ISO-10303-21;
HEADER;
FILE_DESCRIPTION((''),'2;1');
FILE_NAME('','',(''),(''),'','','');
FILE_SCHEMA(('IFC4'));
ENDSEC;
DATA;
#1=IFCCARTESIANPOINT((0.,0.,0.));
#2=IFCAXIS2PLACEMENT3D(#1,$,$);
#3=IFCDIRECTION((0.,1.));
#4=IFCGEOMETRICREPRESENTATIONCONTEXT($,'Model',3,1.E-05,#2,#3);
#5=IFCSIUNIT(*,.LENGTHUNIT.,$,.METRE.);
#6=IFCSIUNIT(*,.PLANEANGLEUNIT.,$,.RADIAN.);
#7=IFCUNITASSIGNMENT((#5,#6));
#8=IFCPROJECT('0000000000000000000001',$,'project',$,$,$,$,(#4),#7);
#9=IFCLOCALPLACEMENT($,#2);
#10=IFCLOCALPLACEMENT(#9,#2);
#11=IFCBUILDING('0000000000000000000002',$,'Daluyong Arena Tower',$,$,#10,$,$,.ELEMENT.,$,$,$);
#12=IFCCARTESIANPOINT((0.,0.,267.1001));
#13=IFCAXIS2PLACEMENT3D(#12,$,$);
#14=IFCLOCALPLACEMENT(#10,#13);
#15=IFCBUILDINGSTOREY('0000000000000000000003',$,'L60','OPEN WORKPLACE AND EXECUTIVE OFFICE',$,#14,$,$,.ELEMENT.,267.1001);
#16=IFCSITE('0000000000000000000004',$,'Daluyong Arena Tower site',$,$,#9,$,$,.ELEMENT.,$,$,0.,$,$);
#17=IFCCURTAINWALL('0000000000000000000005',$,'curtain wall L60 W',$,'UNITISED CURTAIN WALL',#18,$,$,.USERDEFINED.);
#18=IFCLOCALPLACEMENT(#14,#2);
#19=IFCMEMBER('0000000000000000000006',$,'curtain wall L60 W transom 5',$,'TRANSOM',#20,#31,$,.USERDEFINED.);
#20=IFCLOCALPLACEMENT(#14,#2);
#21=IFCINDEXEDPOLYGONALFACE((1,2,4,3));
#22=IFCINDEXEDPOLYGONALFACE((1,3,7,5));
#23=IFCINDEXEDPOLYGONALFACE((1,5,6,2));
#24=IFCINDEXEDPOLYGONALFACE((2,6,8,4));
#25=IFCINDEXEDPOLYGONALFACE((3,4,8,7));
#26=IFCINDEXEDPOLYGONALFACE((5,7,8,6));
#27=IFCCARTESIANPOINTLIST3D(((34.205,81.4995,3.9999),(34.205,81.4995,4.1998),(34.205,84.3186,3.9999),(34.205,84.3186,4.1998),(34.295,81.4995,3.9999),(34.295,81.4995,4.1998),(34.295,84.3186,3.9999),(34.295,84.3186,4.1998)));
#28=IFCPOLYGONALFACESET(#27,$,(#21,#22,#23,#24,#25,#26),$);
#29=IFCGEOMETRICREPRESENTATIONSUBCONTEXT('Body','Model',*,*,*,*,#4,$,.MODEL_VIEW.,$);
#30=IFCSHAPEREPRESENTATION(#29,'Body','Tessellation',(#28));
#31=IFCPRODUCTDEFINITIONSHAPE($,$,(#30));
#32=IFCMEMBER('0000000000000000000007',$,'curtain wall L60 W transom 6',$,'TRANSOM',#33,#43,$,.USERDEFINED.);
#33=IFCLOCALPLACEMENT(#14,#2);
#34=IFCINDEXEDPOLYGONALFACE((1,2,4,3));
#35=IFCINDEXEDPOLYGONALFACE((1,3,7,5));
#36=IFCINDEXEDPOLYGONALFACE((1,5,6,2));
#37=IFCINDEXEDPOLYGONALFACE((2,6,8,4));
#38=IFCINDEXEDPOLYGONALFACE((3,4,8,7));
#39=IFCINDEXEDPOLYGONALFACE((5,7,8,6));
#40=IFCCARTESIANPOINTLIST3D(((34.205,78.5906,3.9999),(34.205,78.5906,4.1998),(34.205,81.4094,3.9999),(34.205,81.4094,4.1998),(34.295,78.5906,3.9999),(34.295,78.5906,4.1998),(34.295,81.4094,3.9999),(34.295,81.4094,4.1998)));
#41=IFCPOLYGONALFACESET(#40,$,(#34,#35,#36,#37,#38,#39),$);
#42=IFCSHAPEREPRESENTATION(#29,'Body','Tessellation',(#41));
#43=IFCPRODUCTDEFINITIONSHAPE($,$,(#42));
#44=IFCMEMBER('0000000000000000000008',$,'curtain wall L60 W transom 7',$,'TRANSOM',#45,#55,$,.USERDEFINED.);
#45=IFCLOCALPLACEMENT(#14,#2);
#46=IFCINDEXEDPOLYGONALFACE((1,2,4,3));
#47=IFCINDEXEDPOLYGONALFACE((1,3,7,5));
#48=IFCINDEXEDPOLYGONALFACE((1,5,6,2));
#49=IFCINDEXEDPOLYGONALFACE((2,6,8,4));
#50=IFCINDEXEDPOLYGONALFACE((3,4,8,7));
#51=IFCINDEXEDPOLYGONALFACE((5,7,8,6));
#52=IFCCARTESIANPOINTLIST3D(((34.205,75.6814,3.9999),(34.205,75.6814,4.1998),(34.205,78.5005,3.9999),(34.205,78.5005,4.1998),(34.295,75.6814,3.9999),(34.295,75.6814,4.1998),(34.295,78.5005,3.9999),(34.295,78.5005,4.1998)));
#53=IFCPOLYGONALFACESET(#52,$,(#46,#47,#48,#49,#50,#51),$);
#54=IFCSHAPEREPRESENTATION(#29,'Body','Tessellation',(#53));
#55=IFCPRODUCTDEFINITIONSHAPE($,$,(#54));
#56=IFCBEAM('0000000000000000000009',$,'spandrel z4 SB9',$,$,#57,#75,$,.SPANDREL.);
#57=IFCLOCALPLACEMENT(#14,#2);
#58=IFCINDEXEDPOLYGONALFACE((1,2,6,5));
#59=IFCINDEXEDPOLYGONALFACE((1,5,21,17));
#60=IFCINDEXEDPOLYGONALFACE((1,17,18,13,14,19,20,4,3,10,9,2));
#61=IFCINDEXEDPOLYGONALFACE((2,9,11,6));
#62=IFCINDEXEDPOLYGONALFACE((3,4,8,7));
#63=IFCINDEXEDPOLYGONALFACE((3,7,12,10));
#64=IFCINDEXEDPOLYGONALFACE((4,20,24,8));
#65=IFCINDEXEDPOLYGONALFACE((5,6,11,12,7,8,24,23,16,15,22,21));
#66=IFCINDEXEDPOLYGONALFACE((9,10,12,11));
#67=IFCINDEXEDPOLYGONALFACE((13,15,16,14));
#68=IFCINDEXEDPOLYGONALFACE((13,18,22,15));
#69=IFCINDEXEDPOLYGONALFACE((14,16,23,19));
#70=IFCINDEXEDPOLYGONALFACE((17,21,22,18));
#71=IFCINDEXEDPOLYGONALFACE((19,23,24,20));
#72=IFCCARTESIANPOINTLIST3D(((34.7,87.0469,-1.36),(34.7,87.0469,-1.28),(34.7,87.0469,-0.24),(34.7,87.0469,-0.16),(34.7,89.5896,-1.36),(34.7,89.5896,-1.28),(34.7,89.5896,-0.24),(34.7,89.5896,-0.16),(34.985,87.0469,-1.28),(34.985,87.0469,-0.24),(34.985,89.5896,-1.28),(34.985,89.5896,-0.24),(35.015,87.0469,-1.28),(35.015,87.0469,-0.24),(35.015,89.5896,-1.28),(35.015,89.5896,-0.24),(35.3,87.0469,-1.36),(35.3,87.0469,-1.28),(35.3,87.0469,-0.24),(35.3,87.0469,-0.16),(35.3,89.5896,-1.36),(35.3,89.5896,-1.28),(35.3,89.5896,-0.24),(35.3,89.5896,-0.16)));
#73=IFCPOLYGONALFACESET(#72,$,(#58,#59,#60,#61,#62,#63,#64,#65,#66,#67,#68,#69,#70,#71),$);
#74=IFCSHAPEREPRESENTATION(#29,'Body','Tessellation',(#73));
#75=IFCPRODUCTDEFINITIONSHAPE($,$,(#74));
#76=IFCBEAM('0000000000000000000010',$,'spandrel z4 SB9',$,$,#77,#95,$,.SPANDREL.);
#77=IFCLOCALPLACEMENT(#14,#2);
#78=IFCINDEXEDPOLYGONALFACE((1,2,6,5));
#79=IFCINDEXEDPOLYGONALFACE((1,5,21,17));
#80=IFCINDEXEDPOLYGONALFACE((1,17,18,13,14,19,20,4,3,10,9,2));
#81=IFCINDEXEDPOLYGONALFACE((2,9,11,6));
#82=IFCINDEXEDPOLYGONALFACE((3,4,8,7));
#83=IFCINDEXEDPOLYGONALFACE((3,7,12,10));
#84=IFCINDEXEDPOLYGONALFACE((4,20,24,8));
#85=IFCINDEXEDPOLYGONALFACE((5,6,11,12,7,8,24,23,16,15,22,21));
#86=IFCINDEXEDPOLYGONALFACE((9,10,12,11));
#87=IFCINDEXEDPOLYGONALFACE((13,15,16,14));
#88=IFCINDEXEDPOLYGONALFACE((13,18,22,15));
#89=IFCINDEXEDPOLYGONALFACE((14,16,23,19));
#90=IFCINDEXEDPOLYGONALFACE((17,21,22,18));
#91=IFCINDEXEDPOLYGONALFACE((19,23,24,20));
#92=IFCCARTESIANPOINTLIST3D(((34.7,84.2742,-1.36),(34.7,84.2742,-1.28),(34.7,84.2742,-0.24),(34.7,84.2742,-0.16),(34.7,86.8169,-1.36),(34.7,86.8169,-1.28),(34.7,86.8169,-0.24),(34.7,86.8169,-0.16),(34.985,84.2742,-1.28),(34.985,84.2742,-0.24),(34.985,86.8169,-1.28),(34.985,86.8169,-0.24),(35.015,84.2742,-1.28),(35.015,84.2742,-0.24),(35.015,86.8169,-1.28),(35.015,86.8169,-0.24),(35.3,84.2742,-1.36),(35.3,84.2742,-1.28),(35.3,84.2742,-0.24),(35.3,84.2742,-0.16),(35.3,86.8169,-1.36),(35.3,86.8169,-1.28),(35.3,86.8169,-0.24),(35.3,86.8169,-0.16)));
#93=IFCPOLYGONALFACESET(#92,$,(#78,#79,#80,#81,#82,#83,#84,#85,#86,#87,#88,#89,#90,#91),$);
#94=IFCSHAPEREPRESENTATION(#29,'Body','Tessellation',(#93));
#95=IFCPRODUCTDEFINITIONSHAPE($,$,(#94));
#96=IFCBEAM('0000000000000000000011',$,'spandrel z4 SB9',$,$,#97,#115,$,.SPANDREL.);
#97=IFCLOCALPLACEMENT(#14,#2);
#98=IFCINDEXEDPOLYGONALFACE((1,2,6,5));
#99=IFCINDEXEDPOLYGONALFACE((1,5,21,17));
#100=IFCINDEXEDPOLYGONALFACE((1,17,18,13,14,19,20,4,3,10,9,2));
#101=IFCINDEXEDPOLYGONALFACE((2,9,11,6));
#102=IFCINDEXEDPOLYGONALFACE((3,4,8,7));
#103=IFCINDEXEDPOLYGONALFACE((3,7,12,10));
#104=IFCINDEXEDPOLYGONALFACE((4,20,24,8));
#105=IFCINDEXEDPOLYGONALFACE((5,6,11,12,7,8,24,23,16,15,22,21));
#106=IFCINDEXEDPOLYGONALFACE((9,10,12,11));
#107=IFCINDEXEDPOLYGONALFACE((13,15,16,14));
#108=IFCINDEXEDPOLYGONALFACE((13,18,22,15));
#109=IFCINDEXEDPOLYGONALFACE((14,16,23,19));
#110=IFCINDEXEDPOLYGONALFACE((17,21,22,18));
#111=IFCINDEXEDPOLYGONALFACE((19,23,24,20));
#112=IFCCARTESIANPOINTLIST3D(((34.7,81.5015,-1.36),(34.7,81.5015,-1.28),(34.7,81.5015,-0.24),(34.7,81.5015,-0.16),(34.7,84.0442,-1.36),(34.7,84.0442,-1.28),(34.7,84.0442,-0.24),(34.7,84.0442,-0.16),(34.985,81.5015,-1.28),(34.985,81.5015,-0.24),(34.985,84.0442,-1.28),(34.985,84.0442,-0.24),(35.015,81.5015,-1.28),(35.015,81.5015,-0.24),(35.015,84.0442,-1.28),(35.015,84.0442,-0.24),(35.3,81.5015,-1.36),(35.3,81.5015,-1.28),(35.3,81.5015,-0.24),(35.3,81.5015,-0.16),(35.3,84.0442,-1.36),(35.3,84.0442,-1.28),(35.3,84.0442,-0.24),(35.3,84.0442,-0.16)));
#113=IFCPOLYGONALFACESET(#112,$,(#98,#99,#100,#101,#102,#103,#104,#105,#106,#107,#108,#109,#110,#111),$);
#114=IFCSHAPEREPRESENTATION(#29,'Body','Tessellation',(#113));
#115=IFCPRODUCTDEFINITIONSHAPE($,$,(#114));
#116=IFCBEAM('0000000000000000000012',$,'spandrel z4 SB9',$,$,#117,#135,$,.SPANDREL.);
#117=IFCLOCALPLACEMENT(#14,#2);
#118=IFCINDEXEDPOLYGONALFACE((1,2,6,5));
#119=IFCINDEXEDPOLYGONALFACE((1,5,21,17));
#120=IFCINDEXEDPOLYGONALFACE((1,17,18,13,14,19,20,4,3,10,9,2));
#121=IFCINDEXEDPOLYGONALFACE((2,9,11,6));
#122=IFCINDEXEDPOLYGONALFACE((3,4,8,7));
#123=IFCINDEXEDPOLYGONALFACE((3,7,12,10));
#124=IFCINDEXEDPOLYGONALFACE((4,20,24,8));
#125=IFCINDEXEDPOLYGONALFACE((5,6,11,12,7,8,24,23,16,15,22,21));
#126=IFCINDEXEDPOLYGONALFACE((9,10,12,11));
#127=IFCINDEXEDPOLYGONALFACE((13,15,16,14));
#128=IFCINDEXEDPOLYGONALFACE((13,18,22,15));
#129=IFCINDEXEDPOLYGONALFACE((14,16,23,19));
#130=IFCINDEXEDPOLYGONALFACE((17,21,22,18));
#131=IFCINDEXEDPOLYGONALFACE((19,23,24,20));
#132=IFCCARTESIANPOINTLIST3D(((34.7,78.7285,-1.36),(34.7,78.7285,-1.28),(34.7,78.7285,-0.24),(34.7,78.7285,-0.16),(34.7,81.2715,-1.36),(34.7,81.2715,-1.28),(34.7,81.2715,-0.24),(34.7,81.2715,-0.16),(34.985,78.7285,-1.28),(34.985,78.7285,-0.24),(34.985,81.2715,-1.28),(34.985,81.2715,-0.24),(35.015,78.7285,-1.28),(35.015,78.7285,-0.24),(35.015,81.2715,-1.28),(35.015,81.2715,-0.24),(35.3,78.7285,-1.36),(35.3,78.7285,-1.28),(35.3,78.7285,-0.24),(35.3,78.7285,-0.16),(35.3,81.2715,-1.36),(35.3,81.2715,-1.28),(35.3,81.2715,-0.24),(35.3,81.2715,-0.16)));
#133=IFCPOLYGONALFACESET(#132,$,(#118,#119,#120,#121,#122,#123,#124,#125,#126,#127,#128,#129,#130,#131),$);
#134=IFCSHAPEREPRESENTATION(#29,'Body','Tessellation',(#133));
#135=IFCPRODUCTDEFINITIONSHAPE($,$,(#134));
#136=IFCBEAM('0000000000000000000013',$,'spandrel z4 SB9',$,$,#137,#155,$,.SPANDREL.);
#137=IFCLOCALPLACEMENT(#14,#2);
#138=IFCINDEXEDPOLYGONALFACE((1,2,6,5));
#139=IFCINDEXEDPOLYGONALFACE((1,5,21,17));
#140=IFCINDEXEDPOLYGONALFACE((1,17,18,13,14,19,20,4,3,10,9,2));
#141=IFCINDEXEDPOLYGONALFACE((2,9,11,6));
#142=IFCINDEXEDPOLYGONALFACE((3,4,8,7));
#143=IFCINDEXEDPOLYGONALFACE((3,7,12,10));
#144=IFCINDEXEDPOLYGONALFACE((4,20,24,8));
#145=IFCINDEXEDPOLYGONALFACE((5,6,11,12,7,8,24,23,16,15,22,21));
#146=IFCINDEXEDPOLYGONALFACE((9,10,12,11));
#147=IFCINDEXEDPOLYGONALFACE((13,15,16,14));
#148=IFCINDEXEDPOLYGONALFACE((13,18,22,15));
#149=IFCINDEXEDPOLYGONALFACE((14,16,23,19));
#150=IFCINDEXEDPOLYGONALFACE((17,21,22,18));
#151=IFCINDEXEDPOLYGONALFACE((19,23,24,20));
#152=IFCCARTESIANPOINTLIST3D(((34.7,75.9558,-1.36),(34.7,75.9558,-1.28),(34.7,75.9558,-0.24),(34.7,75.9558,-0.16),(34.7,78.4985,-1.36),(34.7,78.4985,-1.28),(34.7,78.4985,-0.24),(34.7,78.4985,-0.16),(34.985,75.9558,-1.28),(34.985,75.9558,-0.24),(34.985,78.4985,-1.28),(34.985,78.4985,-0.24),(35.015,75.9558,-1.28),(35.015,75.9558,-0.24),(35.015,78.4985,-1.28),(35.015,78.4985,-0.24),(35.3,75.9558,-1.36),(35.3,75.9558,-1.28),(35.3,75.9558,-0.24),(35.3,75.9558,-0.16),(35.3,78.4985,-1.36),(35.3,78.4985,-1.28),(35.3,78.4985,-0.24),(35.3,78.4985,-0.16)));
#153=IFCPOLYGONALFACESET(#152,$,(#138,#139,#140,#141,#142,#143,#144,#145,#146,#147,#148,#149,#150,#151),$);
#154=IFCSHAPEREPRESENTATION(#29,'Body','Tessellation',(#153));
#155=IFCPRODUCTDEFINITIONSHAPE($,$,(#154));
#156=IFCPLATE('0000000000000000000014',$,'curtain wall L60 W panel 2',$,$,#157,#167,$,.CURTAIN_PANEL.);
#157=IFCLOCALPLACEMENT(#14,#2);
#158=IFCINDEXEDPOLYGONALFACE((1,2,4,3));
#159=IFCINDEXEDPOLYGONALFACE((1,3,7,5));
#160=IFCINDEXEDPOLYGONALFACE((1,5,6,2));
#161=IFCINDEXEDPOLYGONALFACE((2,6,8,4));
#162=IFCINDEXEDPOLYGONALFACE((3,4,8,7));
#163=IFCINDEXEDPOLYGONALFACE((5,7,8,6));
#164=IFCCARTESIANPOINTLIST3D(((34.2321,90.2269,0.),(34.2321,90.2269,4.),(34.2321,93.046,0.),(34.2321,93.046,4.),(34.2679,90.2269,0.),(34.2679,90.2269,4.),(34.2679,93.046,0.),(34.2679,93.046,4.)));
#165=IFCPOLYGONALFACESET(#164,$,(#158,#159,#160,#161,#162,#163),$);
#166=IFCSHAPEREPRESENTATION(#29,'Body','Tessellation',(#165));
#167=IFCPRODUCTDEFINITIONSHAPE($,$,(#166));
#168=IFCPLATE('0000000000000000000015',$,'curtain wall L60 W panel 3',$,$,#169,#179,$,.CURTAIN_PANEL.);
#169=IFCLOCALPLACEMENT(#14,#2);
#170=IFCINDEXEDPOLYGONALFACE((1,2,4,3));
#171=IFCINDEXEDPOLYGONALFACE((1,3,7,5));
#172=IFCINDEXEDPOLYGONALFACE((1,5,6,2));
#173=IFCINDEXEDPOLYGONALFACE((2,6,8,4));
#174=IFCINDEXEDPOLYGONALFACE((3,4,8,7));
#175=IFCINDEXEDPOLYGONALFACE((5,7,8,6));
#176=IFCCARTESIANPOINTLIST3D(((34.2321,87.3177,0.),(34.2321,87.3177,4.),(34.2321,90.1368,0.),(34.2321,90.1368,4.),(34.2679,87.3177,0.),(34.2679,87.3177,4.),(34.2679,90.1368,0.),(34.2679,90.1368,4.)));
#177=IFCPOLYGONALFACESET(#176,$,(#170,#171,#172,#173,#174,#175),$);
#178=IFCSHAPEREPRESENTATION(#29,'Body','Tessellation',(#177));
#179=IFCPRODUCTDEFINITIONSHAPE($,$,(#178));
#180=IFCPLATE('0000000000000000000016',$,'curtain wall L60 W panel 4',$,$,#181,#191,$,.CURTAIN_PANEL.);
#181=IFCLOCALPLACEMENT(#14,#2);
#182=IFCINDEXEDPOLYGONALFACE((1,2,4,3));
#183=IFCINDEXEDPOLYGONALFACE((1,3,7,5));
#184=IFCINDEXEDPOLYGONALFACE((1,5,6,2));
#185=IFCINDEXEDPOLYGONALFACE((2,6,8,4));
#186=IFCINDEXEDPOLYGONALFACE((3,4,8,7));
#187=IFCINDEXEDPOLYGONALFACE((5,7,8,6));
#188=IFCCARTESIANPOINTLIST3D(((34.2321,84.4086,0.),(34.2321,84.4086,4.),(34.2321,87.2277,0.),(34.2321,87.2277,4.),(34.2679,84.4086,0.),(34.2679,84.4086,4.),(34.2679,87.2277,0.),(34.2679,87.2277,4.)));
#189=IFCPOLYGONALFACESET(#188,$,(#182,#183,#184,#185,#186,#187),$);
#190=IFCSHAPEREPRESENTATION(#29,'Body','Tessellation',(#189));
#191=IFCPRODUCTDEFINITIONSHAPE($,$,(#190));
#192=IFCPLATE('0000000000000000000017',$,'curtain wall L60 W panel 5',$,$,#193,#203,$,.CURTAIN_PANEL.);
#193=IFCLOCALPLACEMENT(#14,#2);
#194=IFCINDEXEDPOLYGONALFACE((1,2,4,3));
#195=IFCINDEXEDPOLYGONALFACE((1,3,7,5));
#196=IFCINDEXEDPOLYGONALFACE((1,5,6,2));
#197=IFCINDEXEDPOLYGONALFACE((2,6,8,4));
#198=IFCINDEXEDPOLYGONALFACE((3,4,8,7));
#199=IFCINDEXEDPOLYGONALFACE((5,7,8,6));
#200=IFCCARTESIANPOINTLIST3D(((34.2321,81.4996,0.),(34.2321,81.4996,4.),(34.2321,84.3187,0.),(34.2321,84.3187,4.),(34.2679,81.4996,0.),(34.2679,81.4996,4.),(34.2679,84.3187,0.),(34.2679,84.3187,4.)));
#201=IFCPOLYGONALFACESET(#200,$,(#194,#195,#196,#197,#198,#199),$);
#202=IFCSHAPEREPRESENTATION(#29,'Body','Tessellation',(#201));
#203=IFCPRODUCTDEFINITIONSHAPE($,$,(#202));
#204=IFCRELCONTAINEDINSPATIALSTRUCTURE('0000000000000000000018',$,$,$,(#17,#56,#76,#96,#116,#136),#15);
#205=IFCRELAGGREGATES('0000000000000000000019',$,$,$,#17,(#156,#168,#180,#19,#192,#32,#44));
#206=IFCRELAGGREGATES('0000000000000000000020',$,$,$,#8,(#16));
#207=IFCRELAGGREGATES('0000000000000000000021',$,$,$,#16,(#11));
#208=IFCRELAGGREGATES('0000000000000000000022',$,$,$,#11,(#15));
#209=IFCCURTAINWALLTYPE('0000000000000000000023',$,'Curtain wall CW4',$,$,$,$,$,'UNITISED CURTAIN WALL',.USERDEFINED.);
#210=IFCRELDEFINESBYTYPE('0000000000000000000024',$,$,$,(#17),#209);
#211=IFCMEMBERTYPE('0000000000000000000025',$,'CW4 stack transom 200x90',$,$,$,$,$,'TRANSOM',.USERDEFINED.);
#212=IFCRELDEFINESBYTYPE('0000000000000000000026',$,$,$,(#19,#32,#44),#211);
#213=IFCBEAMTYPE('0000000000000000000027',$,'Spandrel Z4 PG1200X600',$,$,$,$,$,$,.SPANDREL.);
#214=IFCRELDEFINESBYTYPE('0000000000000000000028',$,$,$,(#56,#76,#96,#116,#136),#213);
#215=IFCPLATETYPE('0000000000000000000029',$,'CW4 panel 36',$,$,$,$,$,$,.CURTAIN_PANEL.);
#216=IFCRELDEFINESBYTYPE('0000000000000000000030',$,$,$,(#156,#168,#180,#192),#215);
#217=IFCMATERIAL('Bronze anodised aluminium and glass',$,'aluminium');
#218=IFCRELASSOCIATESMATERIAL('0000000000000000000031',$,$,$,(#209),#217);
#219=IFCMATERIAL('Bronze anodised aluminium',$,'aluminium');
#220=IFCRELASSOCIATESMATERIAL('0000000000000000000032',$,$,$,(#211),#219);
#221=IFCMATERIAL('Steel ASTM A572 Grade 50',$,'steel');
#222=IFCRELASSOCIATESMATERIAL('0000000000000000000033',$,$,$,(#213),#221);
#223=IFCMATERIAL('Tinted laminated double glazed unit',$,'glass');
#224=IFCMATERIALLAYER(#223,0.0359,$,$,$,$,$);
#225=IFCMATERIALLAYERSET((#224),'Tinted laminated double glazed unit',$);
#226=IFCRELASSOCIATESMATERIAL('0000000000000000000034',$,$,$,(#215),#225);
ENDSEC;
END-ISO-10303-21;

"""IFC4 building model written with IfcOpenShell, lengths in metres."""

from ifc_helpers import new_model, si_unit, direction, frame, origin, origin_2d, place, context, subcontext, project, spatial, rectangle, i_section, extrude, material, layer, layer_set, material_profile, profile_set, type_object, element, aggregate, save


model = new_model("IFC4")

# Units and contexts
model_context = context("Model", 3, precision=1e-05, world=origin(), true_north=direction((0.0, 1.0)))
body_context = subcontext(model_context, "Body", "Model", "MODEL_VIEW")
ifc_project = project(units=[si_unit("LENGTHUNIT", "METRE"), si_unit("PLANEANGLEUNIT", "RADIAN")], contexts=[model_context])

# Site, building, storey
site_placement = place(None, origin())
site = spatial("IfcSite", under=ifc_project, at=site_placement, Name="Daluyong Arena Tower site", CompositionType="ELEMENT", RefElevation=0.0)
building_placement = place(site_placement, origin())
building = spatial("IfcBuilding", under=site, at=building_placement, Name="Daluyong Arena Tower", CompositionType="ELEMENT")
storey_placement = place(building_placement, frame((0.0, 0.0, 267.1001)))
storey = spatial("IfcBuildingStorey", under=building, at=storey_placement, Name="L60", Description="OPEN WORKPLACE AND EXECUTIVE OFFICE", CompositionType="ELEMENT", Elevation=267.1001)

# Curtain wall, members
ifc_material_1 = material(Name="Bronze anodised aluminium and glass", Category="aluminium")
curtain_wall_type = type_object("IfcCurtainWallType", Name="Curtain wall CW4", ElementType="UNITISED CURTAIN WALL", PredefinedType="USERDEFINED", material=ifc_material_1)
curtain_wall_placement = place(storey_placement, origin())
curtain_wall = element("IfcCurtainWall", 1, at=curtain_wall_placement, inside=storey, type_object=curtain_wall_type, Name="curtain wall L60 W", ObjectType="UNITISED CURTAIN WALL", PredefinedType="USERDEFINED")
ifc_material_2 = material(Name="Bronze anodised aluminium", Category="aluminium")
ifc_material_profile_1 = material_profile(ifc_material_2, rectangle(XDim=0.0901, YDim=0.2, at=origin_2d()))
ifc_profile_set_1 = profile_set([ifc_material_profile_1], Name="Bronze anodised aluminium")
member_type_1 = type_object("IfcMemberType", Name="CW4 stack transom 200x90", ElementType="TRANSOM", PredefinedType="USERDEFINED", material=ifc_profile_set_1)
member_1_placement = place(storey_placement, frame((34.25, 84.3186, 4.0999), z_axis=(0.0, -1.0, 0.0), x_axis=(1.0, 0.0, 0.0)))
member_1 = element("IfcMember", 2, at=member_1_placement, type_object=member_type_1, Name="curtain wall L60 W transom 5", ObjectType="TRANSOM", PredefinedType="USERDEFINED", context=body_context, shape_type="SweptSolid", body=[
    extrude(rectangle(XDim=0.0901, YDim=0.2, at=origin_2d()), origin(), (0.0, 0.0, 1.0), 2.8191),
])
member_2_placement = place(storey_placement, frame((34.25, 81.4094, 4.0999), z_axis=(0.0, -1.0, 0.0), x_axis=(1.0, 0.0, 0.0)))
member_2 = element("IfcMember", 3, at=member_2_placement, type_object=member_type_1, Name="curtain wall L60 W transom 6", ObjectType="TRANSOM", PredefinedType="USERDEFINED", context=body_context, shape_type="SweptSolid", body=[
    extrude(rectangle(XDim=0.0901, YDim=0.2, at=origin_2d()), origin(), (0.0, 0.0, 1.0), 2.8188),
])
member_3_placement = place(storey_placement, frame((34.25, 78.5005, 4.0999), z_axis=(0.0, -1.0, 0.0), x_axis=(1.0, 0.0, 0.0)))
member_3 = element("IfcMember", 4, at=member_3_placement, type_object=member_type_1, Name="curtain wall L60 W transom 7", ObjectType="TRANSOM", PredefinedType="USERDEFINED", context=body_context, shape_type="SweptSolid", body=[
    extrude(rectangle(XDim=0.0901, YDim=0.2, at=origin_2d()), origin(), (0.0, 0.0, 1.0), 2.8191),
])

# Beams
ifc_material_3 = material(Name="Steel ASTM A572 Grade 50", Category="steel")
ifc_material_profile_2 = material_profile(ifc_material_3, i_section(OverallWidth=0.6001, OverallDepth=1.2, WebThickness=0.03, FlangeThickness=0.08, at=origin_2d()))
ifc_profile_set_2 = profile_set([ifc_material_profile_2], Name="Steel ASTM A572 Grade 50")
beam_type = type_object("IfcBeamType", Name="Spandrel Z4 PG1200X600", PredefinedType="SPANDREL", material=ifc_profile_set_2)
for number, where, z_axis, x_axis, name in (
    (5, (35.0, 89.5896, -0.76), (0.0, -1.0, 0.0), (1.0, 0.0, 0.0), "spandrel z4 SB9"),
    (6, (35.0, 86.8169, -0.76), (0.0, -1.0, 0.0), (1.0, 0.0, 0.0), "spandrel z4 SB9"),
    (7, (35.0, 84.0442, -0.76), (0.0, -1.0, 0.0), (1.0, 0.0, 0.0), "spandrel z4 SB9"),
):
    element("IfcBeam", number, at=place(storey_placement, frame(where, z_axis=z_axis, x_axis=x_axis)), inside=storey, type_object=beam_type, Name=name, PredefinedType="SPANDREL", context=body_context, shape_type="SweptSolid", body=[
        extrude(i_section(OverallWidth=0.6001, OverallDepth=1.2, WebThickness=0.03, FlangeThickness=0.08, at=origin_2d()), origin(), (0.0, 0.0, 1.0), 2.5427),
    ])
beam_1_placement = place(storey_placement, frame((35.0, 81.2715, -0.76), z_axis=(0.0, -1.0, 0.0), x_axis=(1.0, 0.0, 0.0)))
element("IfcBeam", 8, at=beam_1_placement, inside=storey, type_object=beam_type, Name="spandrel z4 SB9", PredefinedType="SPANDREL", context=body_context, shape_type="SweptSolid", body=[
    extrude(i_section(OverallWidth=0.6001, OverallDepth=1.2, WebThickness=0.03, FlangeThickness=0.08, at=origin_2d()), origin(), (0.0, 0.0, 1.0), 2.543),
])
beam_2_placement = place(storey_placement, frame((35.0, 78.4985, -0.76), z_axis=(0.0, -1.0, 0.0), x_axis=(1.0, 0.0, 0.0)))
element("IfcBeam", 9, at=beam_2_placement, inside=storey, type_object=beam_type, Name="spandrel z4 SB9", PredefinedType="SPANDREL", context=body_context, shape_type="SweptSolid", body=[
    extrude(i_section(OverallWidth=0.6001, OverallDepth=1.2, WebThickness=0.03, FlangeThickness=0.08, at=origin_2d()), origin(), (0.0, 0.0, 1.0), 2.5427),
])

# Plates
ifc_material_4 = material(Name="Tinted laminated double glazed unit", Category="glass")
ifc_layer = layer(ifc_material_4, 0.0359)
ifc_layer_set = layer_set([ifc_layer], Name="Tinted laminated double glazed unit")
plate_type = type_object("IfcPlateType", Name="CW4 panel 36", PredefinedType="CURTAIN_PANEL", material=ifc_layer_set)
plate_1_placement = place(storey_placement, frame((34.25, 91.6365, 0.0), z_axis=(0.0, 0.0, 1.0), x_axis=(0.0, -1.0, 0.0)))
plate_1 = element("IfcPlate", 10, at=plate_1_placement, type_object=plate_type, Name="curtain wall L60 W panel 2", PredefinedType="CURTAIN_PANEL", context=body_context, shape_type="SweptSolid", body=[
    extrude(rectangle(XDim=2.8191, YDim=0.0359, at=origin_2d()), origin(), (0.0, 0.0, 1.0), 4.0),
])
plate_2_placement = place(storey_placement, frame((34.25, 88.7273, 0.0), z_axis=(0.0, 0.0, 1.0), x_axis=(0.0, -1.0, 0.0)))
plate_2 = element("IfcPlate", 11, at=plate_2_placement, type_object=plate_type, Name="curtain wall L60 W panel 3", PredefinedType="CURTAIN_PANEL", context=body_context, shape_type="SweptSolid", body=[
    extrude(rectangle(XDim=2.8191, YDim=0.0359, at=origin_2d()), origin(), (0.0, 0.0, 1.0), 4.0),
])
plate_3_placement = place(storey_placement, frame((34.25, 85.8181, 0.0), z_axis=(0.0, 0.0, 1.0), x_axis=(0.0, -1.0, 0.0)))
plate_3 = element("IfcPlate", 12, at=plate_3_placement, type_object=plate_type, Name="curtain wall L60 W panel 4", PredefinedType="CURTAIN_PANEL", context=body_context, shape_type="SweptSolid", body=[
    extrude(rectangle(XDim=2.8191, YDim=0.0359, at=origin_2d()), origin(), (0.0, 0.0, 1.0), 4.0),
])
plate_4_placement = place(storey_placement, frame((34.25, 82.9092, 0.0), z_axis=(0.0, 0.0, 1.0), x_axis=(0.0, -1.0, 0.0)))
plate_4 = element("IfcPlate", 13, at=plate_4_placement, type_object=plate_type, Name="curtain wall L60 W panel 5", PredefinedType="CURTAIN_PANEL", context=body_context, shape_type="SweptSolid", body=[
    extrude(rectangle(XDim=2.8191, YDim=0.0359, at=origin_2d()), origin(), (0.0, 0.0, 1.0), 4.0),
])
aggregate(curtain_wall, [plate_1, plate_2, plate_3, member_1, plate_4, member_2, member_3])

save(model, "model.ifc")
